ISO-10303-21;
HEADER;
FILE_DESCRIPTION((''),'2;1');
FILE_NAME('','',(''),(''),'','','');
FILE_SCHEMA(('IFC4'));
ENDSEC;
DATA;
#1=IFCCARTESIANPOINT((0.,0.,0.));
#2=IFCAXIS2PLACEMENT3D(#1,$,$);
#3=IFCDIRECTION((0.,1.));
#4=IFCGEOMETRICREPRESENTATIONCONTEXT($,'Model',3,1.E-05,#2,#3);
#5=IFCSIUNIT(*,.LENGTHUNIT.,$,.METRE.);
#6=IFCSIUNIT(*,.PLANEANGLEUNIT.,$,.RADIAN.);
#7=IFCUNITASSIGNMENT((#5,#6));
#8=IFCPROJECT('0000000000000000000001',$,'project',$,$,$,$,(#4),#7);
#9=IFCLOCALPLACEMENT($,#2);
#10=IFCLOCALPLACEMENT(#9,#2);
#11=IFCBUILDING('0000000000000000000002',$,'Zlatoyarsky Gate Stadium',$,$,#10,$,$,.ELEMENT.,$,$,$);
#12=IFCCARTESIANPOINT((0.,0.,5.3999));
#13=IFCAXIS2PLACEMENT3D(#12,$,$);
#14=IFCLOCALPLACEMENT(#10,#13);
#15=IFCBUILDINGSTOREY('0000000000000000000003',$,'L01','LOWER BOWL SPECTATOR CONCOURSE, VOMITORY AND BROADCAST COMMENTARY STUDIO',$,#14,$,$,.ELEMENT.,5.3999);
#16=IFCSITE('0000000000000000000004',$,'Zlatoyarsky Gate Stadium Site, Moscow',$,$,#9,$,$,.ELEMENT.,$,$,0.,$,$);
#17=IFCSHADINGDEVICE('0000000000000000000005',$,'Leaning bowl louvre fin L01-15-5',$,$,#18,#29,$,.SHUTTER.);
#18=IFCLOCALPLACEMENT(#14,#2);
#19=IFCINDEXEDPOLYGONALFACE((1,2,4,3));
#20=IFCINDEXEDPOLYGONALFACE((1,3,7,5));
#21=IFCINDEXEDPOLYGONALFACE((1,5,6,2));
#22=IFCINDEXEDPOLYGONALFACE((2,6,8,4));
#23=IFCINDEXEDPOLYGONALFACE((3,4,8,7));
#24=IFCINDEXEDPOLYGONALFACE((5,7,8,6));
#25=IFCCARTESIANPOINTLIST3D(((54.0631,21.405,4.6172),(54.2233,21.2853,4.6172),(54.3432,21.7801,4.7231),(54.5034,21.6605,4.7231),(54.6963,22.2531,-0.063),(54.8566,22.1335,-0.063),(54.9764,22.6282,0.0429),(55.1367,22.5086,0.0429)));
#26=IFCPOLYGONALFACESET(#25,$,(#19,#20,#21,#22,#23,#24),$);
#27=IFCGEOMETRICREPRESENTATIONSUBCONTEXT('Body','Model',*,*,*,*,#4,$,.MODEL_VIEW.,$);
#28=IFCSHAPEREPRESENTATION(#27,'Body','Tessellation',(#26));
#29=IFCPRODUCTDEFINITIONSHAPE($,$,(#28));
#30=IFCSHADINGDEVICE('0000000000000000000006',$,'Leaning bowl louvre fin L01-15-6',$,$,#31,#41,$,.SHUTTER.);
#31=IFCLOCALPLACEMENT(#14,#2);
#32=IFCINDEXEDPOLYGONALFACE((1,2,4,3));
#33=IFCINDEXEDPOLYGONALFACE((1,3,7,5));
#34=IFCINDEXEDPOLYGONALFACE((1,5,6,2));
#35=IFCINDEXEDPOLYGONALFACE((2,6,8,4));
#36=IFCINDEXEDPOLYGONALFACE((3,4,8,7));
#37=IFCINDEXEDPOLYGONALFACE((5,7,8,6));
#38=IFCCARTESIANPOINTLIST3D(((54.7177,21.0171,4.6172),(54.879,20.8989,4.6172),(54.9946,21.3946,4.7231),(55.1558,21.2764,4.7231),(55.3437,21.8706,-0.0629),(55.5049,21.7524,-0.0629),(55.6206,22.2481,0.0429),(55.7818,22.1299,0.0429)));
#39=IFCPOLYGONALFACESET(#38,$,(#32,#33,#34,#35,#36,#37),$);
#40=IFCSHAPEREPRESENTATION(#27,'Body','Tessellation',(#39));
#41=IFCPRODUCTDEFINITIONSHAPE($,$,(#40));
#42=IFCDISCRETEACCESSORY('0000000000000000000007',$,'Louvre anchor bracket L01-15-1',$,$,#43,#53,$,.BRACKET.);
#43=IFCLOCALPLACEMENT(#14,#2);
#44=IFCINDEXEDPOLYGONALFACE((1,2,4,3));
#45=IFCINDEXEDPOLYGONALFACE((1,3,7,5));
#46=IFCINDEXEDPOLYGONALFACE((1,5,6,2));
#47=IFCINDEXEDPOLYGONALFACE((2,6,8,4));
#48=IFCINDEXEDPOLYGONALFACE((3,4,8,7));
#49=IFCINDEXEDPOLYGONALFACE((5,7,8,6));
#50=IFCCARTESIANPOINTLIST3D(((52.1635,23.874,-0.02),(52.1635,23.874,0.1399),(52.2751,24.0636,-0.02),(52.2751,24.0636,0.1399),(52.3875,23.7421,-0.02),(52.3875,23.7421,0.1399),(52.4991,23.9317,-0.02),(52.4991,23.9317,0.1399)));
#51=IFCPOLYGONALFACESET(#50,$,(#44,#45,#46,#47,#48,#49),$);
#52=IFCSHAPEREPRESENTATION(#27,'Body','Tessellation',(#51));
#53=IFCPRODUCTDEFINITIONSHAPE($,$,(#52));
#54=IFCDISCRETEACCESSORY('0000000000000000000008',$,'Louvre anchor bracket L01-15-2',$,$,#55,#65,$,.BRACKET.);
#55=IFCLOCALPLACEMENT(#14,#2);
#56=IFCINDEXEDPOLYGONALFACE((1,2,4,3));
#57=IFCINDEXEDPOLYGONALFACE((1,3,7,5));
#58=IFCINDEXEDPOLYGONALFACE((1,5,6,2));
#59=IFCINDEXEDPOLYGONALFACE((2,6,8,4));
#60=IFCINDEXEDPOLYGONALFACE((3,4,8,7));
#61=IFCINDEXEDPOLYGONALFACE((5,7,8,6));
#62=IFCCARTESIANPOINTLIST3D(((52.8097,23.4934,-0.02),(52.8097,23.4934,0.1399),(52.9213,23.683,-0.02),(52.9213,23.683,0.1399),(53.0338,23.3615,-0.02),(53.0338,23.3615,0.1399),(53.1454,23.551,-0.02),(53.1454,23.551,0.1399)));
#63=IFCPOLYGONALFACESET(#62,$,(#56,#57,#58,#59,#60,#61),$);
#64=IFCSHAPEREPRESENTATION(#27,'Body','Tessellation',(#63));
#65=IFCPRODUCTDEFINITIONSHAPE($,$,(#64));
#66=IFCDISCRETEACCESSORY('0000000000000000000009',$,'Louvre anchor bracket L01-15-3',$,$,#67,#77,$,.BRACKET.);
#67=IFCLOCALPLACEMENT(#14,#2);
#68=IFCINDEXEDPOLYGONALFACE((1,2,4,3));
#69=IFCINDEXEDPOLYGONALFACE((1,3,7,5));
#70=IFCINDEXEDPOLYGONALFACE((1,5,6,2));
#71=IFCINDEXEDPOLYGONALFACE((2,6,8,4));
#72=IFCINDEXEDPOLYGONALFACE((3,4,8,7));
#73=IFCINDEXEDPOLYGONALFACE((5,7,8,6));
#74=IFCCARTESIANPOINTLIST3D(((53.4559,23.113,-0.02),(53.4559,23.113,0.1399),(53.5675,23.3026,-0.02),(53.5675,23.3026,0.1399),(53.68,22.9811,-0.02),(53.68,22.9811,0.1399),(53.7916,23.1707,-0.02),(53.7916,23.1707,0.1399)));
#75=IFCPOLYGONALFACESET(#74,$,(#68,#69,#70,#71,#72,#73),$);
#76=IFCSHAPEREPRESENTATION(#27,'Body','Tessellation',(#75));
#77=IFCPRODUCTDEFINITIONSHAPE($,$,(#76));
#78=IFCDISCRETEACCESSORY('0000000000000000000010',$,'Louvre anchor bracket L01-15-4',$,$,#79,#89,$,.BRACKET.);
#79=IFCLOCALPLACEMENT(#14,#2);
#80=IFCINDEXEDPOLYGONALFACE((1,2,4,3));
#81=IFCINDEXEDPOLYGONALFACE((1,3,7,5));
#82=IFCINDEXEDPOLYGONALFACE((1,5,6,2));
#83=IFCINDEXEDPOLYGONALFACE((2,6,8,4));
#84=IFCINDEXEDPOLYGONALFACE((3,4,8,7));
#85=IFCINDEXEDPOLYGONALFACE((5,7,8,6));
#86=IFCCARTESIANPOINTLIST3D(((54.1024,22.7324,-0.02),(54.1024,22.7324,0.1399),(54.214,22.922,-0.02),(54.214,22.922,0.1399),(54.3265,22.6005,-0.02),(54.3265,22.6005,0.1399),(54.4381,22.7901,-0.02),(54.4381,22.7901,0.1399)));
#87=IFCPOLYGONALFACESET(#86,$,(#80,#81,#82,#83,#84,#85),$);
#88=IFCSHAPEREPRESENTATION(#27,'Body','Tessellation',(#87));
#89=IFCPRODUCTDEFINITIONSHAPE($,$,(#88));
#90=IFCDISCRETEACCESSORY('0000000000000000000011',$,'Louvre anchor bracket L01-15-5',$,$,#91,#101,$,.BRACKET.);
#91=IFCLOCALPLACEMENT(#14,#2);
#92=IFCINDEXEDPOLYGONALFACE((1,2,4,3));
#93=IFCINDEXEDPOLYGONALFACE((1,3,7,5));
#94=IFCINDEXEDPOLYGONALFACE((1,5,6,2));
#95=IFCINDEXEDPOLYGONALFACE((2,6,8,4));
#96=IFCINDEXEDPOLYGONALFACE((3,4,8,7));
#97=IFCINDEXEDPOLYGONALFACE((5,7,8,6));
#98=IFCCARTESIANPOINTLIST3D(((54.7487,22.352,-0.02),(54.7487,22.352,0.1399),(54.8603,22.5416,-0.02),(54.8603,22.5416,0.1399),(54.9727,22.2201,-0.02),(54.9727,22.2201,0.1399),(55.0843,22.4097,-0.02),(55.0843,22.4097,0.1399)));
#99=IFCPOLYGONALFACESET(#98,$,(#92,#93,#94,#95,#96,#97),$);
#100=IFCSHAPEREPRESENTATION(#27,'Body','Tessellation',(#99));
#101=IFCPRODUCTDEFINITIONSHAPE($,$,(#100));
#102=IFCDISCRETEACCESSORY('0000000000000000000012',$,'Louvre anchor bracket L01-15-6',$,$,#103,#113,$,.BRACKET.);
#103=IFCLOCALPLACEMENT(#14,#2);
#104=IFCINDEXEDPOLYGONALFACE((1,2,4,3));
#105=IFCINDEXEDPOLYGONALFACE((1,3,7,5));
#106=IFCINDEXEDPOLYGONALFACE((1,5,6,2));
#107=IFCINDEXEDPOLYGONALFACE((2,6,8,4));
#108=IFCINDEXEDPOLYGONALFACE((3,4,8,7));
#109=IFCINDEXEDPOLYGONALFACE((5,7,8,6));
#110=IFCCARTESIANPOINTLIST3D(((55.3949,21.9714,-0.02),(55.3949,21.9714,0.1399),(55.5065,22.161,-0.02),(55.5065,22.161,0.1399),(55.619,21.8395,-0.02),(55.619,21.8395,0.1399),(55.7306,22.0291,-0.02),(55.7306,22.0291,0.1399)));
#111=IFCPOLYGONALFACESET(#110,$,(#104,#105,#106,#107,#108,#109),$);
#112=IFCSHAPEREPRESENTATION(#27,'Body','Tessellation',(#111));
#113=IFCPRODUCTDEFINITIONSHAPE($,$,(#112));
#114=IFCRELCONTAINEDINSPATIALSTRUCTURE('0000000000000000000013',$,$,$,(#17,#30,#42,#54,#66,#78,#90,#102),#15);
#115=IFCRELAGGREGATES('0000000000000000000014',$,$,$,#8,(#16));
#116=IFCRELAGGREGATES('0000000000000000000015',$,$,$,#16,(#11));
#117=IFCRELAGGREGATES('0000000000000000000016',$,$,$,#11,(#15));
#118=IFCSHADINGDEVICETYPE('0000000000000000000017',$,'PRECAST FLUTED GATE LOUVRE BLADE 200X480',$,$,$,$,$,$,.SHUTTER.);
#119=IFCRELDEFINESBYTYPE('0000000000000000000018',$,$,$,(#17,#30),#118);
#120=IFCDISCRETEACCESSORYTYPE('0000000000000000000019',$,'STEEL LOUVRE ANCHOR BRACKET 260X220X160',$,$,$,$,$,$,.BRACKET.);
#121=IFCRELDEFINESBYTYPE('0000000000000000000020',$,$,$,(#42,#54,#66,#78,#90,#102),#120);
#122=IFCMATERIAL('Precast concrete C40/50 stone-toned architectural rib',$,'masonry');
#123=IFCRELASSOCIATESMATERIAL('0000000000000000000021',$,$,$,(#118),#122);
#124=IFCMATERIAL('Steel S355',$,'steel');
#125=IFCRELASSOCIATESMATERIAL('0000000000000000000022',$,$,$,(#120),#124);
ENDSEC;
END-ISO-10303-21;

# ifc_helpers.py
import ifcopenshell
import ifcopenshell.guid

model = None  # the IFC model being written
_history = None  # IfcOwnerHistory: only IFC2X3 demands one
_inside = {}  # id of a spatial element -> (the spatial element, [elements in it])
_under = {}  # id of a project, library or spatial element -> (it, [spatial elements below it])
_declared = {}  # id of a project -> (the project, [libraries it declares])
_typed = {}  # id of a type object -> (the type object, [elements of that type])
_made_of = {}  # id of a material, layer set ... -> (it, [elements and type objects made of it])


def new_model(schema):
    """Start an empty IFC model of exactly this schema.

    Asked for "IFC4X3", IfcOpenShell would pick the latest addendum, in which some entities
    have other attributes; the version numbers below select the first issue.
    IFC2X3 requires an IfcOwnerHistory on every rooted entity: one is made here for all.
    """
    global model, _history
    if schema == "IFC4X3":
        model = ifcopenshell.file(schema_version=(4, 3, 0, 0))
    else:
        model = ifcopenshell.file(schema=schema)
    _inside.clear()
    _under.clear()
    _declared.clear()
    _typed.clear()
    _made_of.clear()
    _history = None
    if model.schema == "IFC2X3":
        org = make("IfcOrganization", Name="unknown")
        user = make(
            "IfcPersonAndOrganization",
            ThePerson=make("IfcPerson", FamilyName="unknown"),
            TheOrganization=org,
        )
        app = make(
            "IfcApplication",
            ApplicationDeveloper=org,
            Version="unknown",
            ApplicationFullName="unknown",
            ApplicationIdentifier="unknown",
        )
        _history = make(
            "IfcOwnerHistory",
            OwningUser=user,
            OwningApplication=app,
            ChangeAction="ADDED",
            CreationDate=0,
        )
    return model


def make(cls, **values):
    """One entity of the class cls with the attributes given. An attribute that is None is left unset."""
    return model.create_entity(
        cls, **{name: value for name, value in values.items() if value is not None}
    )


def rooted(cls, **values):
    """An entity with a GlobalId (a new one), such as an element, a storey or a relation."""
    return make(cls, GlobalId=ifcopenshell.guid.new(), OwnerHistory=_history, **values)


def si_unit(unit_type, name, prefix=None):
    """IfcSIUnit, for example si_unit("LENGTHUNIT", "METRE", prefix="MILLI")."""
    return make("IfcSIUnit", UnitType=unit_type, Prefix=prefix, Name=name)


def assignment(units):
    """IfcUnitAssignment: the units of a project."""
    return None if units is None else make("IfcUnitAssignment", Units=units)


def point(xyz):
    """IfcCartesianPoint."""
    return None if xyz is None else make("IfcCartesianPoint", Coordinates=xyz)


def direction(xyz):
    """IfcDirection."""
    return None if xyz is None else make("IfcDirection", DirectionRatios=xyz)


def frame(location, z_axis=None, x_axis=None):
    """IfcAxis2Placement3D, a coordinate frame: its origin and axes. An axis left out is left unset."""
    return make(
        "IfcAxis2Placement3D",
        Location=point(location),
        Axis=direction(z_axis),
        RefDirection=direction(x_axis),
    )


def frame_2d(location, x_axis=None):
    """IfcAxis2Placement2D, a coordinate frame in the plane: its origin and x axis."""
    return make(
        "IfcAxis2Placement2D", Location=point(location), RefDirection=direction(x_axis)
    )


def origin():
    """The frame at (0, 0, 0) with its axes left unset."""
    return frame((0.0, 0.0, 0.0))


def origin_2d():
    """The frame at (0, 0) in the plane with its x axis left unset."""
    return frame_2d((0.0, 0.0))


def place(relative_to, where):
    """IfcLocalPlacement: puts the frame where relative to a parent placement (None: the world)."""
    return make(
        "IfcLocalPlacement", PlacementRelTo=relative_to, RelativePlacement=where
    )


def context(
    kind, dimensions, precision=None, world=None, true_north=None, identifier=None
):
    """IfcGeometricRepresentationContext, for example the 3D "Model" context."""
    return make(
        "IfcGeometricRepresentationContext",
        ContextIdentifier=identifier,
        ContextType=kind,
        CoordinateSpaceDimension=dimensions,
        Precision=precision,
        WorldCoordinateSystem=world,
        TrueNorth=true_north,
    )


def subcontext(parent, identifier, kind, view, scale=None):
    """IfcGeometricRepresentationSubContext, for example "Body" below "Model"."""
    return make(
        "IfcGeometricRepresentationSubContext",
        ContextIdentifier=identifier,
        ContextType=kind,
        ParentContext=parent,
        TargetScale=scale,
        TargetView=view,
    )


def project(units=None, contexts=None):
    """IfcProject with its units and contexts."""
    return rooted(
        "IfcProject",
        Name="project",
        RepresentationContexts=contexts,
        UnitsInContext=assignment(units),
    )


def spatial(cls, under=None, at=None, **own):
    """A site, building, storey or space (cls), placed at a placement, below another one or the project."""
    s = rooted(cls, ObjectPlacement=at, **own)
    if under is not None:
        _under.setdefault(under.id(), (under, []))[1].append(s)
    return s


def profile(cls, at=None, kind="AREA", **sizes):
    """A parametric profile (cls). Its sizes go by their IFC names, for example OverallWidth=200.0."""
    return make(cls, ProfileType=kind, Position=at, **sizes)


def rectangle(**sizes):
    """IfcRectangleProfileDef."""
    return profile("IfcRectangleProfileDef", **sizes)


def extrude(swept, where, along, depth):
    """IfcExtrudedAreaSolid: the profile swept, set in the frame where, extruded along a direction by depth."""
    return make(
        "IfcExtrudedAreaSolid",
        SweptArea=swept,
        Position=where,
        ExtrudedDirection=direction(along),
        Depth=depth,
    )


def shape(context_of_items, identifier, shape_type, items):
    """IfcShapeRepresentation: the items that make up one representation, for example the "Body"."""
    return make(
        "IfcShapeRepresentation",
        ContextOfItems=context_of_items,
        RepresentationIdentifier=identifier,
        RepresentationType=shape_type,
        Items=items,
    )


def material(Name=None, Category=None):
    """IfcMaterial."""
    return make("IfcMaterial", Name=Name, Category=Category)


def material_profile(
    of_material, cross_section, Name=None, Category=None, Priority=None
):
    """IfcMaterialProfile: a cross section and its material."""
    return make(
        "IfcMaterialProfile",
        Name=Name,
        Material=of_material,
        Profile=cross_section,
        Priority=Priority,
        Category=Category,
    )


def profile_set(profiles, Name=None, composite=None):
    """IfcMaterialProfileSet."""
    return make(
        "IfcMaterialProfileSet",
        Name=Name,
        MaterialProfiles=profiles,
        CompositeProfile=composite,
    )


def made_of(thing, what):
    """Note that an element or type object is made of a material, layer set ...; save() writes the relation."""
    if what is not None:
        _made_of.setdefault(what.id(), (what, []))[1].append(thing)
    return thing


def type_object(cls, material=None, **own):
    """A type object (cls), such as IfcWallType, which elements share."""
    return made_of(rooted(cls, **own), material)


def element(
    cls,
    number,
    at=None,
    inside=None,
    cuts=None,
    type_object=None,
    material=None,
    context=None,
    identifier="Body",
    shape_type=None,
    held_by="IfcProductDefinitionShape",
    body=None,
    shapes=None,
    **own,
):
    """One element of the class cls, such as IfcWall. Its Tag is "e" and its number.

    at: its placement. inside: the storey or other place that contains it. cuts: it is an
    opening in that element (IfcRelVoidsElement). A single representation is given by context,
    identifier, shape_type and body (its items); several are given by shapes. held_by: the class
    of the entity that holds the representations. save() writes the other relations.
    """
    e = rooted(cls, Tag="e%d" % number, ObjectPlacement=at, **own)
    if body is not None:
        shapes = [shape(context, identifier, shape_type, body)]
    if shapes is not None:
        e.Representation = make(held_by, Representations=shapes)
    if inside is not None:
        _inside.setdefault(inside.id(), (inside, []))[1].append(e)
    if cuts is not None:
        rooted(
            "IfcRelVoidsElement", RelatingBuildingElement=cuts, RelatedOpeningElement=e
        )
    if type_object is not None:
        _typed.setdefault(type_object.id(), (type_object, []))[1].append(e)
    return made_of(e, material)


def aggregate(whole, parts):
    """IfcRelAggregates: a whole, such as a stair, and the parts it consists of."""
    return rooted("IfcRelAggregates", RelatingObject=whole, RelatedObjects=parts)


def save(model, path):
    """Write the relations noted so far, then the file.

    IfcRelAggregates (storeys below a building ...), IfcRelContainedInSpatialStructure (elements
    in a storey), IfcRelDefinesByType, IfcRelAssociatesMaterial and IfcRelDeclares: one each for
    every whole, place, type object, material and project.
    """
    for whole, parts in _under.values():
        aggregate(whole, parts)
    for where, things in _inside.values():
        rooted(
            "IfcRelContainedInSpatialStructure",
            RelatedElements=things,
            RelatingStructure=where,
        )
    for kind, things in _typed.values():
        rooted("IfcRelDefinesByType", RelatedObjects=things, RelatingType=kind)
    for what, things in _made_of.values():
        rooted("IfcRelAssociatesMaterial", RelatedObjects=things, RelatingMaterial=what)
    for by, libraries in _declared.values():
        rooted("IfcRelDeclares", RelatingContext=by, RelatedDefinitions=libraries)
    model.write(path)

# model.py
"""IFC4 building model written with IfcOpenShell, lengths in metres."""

from ifc_helpers import new_model, si_unit, direction, frame, origin, origin_2d, place, context, subcontext, project, spatial, rectangle, extrude, material, material_profile, profile_set, type_object, element, save


model = new_model("IFC4")

# Units and contexts
model_context = context("Model", 3, precision=1e-05, world=origin(), true_north=direction((0.0, 1.0)))
body_context = subcontext(model_context, "Body", "Model", "MODEL_VIEW")
ifc_project = project(units=[si_unit("LENGTHUNIT", "METRE"), si_unit("PLANEANGLEUNIT", "RADIAN")], contexts=[model_context])

# Site, building, storey
site_placement = place(None, origin())
site = spatial("IfcSite", under=ifc_project, at=site_placement, Name="Zlatoyarsky Gate Stadium Site, Moscow", CompositionType="ELEMENT", RefElevation=0.0)
building_placement = place(site_placement, origin())
building = spatial("IfcBuilding", under=site, at=building_placement, Name="Zlatoyarsky Gate Stadium", CompositionType="ELEMENT")
storey_placement = place(building_placement, frame((0.0, 0.0, 5.3999)))
storey = spatial("IfcBuildingStorey", under=building, at=storey_placement, Name="L01", Description="LOWER BOWL SPECTATOR CONCOURSE, VOMITORY AND BROADCAST COMMENTARY STUDIO", CompositionType="ELEMENT", Elevation=5.3999)

# Shared definitions
ifc_material_1 = material(Name="Steel S355", Category="steel")

# Shading devices
ifc_material_2 = material(Name="Precast concrete C40/50 stone-toned architectural rib", Category="masonry")
ifc_material_profile_1 = material_profile(ifc_material_2, rectangle(XDim=0.2, YDim=0.48, at=origin_2d()), Name="RIB 200X480")
ifc_profile_set_1 = profile_set([ifc_material_profile_1], Name="Precast concrete C40/50 stone-toned architectural rib")
shading_device_type = type_object("IfcShadingDeviceType", Name="PRECAST FLUTED GATE LOUVRE BLADE 200X480", PredefinedType="SHUTTER", material=ifc_profile_set_1)
for number, where, z_axis, x_axis, name in (
    (1, (54.9165, 22.3809, -0.01), (-0.131982, -0.176756, 0.975366), (0.801271, -0.598301, 0.0), "Leaning bowl louvre fin L01-15-5"),
    (2, (55.5627, 22.0002, -0.01), (-0.130456, -0.177876, 0.975367), (0.806376, -0.591404, 0.0), "Leaning bowl louvre fin L01-15-6"),
):
    element("IfcShadingDevice", number, at=place(storey_placement, frame(where, z_axis=z_axis, x_axis=x_axis)), inside=storey, type_object=shading_device_type, Name=name, PredefinedType="SHUTTER", context=body_context, shape_type="SweptSolid", body=[
        extrude(rectangle(XDim=0.2, YDim=0.48, at=origin_2d()), origin(), (0.0, 0.0, 1.0), 4.7983),
    ])

# Discrete accessories
discrete_accessory_type = type_object("IfcDiscreteAccessoryType", Name="STEEL LOUVRE ANCHOR BRACKET 260X220X160", PredefinedType="BRACKET", material=ifc_material_1)
for number, where, z_axis, x_axis, name in (
    (3, (52.3313, 23.9028, -0.02), (0.0, 0.0, 1.0), (0.861742, -0.507347, 0.0), "Louvre anchor bracket L01-15-1"),
    (4, (52.9775, 23.5222, -0.02), (0.0, 0.0, 1.0), (0.861742, -0.507347, 0.0), "Louvre anchor bracket L01-15-2"),
    (5, (53.6238, 23.1418, -0.02), (0.0, 0.0, 1.0), (0.861742, -0.507347, 0.0), "Louvre anchor bracket L01-15-3"),
    (6, (54.2703, 22.7612, -0.02), (0.0, 0.0, 1.0), (0.861742, -0.507347, 0.0), "Louvre anchor bracket L01-15-4"),
    (7, (54.9165, 22.3809, -0.02), (0.0, 0.0, 1.0), (0.861742, -0.507347, 0.0), "Louvre anchor bracket L01-15-5"),
    (8, (55.5627, 22.0002, -0.02), (0.0, 0.0, 1.0), (0.861742, -0.507347, 0.0), "Louvre anchor bracket L01-15-6"),
):
    element("IfcDiscreteAccessory", number, at=place(storey_placement, frame(where, z_axis=z_axis, x_axis=x_axis)), inside=storey, type_object=discrete_accessory_type, Name=name, PredefinedType="BRACKET", context=body_context, shape_type="SweptSolid", body=[
        extrude(rectangle(XDim=0.26, YDim=0.22, at=origin_2d()), origin(), (0.0, 0.0, 1.0), 0.1599),
    ])

save(model, "model.ifc")
